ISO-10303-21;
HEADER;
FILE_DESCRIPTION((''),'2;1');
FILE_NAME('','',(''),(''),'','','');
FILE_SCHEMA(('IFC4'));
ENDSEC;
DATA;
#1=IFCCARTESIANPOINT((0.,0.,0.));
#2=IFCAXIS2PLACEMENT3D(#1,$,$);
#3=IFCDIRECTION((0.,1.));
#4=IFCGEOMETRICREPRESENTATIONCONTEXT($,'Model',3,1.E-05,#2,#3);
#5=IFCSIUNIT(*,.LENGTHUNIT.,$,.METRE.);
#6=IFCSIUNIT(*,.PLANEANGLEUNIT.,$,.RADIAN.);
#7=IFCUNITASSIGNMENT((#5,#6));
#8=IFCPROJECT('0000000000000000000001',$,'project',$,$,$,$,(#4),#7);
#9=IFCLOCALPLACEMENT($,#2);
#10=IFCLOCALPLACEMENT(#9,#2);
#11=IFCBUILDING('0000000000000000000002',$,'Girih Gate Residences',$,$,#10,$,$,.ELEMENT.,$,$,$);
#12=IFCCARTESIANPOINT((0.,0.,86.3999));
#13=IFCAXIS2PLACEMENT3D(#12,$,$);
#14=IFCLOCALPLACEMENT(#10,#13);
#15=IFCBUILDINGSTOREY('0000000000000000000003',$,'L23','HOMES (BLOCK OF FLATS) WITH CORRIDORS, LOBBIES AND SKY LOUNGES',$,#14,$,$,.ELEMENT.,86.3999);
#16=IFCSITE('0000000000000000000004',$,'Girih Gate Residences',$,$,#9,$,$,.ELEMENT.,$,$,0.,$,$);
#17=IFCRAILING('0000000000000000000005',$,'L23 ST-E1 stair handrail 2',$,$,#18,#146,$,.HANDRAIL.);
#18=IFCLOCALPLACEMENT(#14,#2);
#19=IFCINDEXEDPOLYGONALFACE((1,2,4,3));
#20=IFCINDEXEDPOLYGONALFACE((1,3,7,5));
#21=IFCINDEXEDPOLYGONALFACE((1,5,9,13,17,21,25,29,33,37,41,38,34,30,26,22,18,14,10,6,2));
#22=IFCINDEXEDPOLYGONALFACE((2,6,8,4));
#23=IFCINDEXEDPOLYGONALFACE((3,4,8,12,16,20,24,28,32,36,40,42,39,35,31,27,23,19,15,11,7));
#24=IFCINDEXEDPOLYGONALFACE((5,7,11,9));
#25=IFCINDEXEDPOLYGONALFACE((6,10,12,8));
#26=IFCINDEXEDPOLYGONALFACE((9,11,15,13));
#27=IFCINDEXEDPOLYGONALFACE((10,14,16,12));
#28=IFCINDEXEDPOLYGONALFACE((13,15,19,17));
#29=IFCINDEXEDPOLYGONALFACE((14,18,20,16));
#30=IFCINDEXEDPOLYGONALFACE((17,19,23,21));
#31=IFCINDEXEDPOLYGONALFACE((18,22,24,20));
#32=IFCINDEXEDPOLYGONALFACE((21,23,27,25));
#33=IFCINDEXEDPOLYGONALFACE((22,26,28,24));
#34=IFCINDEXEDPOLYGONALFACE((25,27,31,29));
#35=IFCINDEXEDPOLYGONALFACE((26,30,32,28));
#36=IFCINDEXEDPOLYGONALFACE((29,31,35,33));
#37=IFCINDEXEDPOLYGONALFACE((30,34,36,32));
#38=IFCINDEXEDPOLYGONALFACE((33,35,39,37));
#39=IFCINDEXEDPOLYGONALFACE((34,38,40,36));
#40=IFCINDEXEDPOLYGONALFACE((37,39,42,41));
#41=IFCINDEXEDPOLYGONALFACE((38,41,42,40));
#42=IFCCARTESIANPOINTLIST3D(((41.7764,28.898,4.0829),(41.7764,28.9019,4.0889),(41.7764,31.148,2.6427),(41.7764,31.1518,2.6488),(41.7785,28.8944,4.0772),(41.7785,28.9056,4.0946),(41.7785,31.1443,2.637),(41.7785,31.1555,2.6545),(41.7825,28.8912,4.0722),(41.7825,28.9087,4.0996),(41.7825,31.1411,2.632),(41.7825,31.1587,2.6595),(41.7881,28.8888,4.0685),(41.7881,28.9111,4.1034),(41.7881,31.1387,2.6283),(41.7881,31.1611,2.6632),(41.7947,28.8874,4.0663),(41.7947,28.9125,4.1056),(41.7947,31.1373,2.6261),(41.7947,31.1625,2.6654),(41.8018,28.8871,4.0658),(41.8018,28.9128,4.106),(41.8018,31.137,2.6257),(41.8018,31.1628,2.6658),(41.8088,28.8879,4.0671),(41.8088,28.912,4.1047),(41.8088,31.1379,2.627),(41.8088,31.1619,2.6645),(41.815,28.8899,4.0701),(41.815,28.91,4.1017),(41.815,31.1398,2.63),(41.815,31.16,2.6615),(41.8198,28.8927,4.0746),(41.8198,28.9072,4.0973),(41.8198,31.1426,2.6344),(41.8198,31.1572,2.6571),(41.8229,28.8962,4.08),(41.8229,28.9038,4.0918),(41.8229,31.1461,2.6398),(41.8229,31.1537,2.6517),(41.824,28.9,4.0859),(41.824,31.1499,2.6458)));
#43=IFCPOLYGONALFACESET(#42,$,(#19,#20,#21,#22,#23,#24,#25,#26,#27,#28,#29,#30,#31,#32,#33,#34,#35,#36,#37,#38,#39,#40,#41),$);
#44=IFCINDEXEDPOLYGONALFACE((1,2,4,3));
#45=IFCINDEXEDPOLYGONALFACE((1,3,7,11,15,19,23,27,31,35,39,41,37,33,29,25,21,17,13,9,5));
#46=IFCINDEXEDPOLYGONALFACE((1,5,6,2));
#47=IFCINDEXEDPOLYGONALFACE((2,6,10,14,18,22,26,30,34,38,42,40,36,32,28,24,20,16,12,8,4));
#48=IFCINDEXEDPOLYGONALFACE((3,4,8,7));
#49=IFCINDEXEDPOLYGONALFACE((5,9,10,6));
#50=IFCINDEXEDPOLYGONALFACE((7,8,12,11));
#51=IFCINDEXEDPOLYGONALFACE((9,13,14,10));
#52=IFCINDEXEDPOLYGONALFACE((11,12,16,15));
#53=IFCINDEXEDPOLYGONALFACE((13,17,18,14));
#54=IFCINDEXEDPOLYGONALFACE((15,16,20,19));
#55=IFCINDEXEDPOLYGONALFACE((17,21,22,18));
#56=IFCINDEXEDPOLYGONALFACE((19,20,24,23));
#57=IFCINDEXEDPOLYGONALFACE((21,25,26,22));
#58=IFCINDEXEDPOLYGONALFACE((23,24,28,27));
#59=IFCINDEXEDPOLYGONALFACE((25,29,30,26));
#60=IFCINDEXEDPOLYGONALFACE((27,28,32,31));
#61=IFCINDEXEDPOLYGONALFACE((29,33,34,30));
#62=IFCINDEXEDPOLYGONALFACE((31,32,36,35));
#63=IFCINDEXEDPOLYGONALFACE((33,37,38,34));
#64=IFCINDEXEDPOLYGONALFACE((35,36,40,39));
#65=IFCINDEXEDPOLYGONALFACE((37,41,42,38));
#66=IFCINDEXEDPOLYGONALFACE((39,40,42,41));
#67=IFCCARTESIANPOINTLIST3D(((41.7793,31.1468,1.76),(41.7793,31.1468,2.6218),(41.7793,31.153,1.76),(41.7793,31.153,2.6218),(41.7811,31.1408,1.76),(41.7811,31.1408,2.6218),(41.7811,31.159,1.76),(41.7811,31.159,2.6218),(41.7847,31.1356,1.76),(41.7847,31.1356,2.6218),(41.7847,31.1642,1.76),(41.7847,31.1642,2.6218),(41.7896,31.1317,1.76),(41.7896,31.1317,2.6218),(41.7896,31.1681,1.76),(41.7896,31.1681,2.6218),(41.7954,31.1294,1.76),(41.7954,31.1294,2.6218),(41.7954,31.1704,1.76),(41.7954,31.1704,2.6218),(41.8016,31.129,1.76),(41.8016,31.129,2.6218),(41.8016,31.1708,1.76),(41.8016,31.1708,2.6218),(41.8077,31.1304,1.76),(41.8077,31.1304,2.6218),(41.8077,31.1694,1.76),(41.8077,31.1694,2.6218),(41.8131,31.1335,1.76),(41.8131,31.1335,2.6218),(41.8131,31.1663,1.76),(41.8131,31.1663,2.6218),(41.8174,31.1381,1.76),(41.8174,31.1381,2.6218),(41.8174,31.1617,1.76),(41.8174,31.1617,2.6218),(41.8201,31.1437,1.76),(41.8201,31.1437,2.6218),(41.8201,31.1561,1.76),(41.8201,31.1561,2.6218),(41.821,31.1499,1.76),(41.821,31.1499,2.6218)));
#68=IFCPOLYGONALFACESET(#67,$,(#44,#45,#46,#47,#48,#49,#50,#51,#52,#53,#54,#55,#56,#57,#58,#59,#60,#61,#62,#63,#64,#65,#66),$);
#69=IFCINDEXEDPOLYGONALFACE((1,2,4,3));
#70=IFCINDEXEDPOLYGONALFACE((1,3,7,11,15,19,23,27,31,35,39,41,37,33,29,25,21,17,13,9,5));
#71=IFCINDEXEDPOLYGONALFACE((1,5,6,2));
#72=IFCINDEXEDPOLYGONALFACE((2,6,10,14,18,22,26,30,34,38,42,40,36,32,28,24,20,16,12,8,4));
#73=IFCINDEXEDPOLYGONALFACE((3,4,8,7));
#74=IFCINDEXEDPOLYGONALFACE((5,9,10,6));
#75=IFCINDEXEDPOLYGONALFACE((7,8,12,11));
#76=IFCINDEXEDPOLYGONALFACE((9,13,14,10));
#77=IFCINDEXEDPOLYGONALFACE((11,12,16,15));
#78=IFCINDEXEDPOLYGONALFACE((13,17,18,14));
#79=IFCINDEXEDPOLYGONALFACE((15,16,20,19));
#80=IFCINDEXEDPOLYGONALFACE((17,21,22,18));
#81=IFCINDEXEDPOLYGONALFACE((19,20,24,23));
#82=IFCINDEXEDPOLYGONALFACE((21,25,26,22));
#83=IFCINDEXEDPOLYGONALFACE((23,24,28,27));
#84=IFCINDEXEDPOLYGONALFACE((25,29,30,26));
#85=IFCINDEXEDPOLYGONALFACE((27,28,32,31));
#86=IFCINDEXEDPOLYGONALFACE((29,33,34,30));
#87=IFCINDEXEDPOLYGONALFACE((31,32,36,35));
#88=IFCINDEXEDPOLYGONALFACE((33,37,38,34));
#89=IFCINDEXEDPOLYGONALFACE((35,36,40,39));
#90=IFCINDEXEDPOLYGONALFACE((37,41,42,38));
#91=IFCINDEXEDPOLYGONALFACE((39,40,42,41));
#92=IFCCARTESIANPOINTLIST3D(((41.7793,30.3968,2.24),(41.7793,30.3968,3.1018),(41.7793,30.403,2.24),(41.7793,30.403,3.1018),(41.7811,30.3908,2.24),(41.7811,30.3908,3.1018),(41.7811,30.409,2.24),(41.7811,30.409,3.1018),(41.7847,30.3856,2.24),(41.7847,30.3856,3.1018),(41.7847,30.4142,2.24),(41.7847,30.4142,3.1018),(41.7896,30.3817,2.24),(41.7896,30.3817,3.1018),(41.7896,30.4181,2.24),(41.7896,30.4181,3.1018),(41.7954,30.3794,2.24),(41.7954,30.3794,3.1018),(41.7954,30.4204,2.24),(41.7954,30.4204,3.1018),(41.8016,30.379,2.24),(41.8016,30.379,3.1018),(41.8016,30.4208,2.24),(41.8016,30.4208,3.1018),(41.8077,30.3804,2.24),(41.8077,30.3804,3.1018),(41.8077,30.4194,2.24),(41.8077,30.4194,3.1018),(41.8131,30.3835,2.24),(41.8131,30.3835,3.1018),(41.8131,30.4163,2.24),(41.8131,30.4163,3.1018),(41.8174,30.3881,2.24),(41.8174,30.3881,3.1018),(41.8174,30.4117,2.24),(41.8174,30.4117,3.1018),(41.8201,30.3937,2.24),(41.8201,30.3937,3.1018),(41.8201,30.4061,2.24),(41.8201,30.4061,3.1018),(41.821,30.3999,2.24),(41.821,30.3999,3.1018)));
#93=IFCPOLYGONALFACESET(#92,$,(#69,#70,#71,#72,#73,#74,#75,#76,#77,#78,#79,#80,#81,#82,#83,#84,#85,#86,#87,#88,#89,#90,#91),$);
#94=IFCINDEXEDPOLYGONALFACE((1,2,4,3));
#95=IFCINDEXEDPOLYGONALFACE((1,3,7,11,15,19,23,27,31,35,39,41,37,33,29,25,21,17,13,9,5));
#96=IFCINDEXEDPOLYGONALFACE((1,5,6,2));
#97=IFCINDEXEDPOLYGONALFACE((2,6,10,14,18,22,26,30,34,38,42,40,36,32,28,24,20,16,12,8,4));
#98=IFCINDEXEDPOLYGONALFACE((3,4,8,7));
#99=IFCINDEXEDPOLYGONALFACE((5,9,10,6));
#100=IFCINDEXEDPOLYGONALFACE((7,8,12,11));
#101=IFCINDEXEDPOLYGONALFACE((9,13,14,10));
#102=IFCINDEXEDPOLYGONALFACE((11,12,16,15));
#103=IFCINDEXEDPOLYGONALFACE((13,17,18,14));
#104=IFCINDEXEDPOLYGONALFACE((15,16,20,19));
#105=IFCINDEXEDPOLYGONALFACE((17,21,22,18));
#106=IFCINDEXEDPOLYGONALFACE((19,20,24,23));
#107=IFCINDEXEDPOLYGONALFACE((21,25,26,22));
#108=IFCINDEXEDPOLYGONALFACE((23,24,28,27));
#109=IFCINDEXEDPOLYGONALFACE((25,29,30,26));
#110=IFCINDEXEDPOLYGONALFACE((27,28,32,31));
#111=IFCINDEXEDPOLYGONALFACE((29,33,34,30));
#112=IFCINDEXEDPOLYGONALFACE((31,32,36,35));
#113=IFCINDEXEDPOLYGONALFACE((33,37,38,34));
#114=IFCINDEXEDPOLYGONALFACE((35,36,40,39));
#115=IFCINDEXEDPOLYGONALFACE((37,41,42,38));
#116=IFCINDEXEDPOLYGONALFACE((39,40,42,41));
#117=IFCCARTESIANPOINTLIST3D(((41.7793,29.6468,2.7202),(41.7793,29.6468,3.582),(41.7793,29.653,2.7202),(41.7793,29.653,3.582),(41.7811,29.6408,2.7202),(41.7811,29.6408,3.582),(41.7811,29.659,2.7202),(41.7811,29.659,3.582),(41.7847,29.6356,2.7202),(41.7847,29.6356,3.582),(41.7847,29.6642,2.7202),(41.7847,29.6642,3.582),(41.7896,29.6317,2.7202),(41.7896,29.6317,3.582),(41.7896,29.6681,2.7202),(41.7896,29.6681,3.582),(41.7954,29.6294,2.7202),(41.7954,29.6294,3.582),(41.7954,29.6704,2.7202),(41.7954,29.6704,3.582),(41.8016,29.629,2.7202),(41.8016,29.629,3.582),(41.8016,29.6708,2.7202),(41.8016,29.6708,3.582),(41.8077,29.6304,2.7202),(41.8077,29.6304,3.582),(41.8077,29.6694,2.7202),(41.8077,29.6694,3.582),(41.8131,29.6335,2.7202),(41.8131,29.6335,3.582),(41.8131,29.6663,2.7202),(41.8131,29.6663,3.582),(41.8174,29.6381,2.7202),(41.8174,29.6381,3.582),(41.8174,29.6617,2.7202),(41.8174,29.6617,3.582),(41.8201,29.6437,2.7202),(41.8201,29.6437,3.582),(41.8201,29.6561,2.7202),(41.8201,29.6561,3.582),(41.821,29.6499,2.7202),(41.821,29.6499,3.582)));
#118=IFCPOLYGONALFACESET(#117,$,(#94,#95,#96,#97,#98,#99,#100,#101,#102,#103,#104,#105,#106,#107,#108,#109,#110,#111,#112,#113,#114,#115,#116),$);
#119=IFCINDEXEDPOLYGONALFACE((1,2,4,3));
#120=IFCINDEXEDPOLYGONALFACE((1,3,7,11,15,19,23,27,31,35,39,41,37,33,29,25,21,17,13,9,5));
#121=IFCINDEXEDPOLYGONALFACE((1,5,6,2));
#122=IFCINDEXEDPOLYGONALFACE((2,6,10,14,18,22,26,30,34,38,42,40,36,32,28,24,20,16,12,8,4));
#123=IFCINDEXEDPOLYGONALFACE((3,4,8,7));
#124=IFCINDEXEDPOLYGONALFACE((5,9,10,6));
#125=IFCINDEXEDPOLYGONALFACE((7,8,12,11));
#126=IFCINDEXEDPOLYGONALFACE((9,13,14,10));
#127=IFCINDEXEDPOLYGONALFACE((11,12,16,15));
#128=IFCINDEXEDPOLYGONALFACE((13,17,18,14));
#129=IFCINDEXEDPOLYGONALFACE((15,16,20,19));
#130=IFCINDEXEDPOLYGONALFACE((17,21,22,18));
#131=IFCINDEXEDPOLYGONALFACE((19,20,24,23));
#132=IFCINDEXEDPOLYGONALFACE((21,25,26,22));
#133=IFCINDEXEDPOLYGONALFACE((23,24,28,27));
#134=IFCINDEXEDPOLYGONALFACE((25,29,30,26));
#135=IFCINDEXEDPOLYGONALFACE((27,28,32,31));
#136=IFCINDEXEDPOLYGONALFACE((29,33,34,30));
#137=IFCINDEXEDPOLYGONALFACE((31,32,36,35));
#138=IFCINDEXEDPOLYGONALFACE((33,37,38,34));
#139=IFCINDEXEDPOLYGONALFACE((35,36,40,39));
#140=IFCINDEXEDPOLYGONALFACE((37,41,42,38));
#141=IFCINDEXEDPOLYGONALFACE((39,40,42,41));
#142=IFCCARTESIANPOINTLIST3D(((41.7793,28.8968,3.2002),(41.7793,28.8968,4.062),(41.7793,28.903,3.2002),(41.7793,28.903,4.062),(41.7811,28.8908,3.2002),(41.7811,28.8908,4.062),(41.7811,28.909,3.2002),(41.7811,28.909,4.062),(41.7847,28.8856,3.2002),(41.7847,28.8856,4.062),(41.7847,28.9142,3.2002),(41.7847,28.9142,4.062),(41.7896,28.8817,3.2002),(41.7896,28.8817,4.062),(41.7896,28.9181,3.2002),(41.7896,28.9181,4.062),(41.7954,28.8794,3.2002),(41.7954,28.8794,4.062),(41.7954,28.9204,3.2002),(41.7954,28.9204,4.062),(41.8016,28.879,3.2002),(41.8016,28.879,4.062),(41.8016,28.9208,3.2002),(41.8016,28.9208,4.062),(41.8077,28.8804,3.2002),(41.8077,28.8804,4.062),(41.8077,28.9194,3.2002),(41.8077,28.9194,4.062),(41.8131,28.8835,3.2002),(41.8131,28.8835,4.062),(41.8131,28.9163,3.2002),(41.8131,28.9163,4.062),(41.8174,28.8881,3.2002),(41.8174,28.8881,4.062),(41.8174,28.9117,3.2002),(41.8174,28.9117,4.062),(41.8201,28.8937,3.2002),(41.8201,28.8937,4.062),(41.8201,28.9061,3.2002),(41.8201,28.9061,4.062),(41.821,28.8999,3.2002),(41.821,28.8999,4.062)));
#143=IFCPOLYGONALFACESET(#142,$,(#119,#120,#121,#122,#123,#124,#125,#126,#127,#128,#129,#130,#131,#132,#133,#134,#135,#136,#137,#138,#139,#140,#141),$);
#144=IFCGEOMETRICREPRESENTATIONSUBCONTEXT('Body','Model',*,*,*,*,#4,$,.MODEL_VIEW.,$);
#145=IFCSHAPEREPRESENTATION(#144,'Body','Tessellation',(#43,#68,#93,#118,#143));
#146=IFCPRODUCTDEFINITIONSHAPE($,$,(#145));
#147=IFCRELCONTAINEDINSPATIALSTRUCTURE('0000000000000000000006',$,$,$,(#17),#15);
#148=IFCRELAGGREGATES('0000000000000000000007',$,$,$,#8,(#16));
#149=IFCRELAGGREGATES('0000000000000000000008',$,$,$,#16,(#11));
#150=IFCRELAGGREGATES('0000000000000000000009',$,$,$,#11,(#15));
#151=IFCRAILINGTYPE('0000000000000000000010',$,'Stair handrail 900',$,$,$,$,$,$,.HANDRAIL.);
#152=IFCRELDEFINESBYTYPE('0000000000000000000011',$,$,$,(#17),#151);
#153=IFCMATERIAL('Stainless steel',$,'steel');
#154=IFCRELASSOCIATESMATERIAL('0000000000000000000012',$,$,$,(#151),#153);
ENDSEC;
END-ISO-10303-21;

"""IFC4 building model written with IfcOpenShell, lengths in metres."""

from ifc_helpers import new_model, si_unit, direction, frame, origin, origin_2d, place, context, subcontext, project, spatial, circle, extrude, material, type_object, element, save


model = new_model("IFC4")

# Units and contexts
model_context = context("Model", 3, precision=1e-05, world=origin(), true_north=direction((0.0, 1.0)))
body_context = subcontext(model_context, "Body", "Model", "MODEL_VIEW")
ifc_project = project(units=[si_unit("LENGTHUNIT", "METRE"), si_unit("PLANEANGLEUNIT", "RADIAN")], contexts=[model_context])

# Site, building, storey
site_placement = place(None, origin())
site = spatial("IfcSite", under=ifc_project, at=site_placement, Name="Girih Gate Residences", CompositionType="ELEMENT", RefElevation=0.0)
building_placement = place(site_placement, origin())
building = spatial("IfcBuilding", under=site, at=building_placement, Name="Girih Gate Residences", CompositionType="ELEMENT")
storey_placement = place(building_placement, frame((0.0, 0.0, 86.3999)))
storey = spatial("IfcBuildingStorey", under=building, at=storey_placement, Name="L23", Description="HOMES (BLOCK OF FLATS) WITH CORRIDORS, LOBBIES AND SKY LOUNGES", CompositionType="ELEMENT", Elevation=86.3999)

# Railing
ifc_material_1 = material(Name="Stainless steel", Category="steel")
railing_type_1 = type_object("IfcRailingType", Name="Stair handrail 900", PredefinedType="HANDRAIL", material=ifc_material_1)
railing_1_placement = place(storey_placement, frame((41.8, 31.1499, 1.76)))
element("IfcRailing", 1, at=railing_1_placement, inside=storey, type_object=railing_type_1, Name="L23 ST-E1 stair handrail 2", PredefinedType="HANDRAIL", context=body_context, shape_type="SweptSolid", body=[
    extrude(circle(Radius=0.0239, at=origin_2d()), frame((0.0, 0.0, 0.8857), z_axis=(0.0, -0.84224, 0.539103), x_axis=(1.0, 0.0, 0.0)), (0.0, 0.0, 1.0), 2.6714),
    extrude(circle(Radius=0.021, at=origin_2d()), origin(), (0.0, 0.0, 1.0), 0.8618),
    extrude(circle(Radius=0.021, at=origin_2d()), frame((0.0, -0.75, 0.48)), (0.0, 0.0, 1.0), 0.8618),
    extrude(circle(Radius=0.021, at=origin_2d()), frame((0.0, -1.5, 0.9602)), (0.0, 0.0, 1.0), 0.8618),
    extrude(circle(Radius=0.021, at=origin_2d()), frame((0.0, -2.25, 1.4402)), (0.0, 0.0, 1.0), 0.8618),
])

save(model, "model.ifc")
